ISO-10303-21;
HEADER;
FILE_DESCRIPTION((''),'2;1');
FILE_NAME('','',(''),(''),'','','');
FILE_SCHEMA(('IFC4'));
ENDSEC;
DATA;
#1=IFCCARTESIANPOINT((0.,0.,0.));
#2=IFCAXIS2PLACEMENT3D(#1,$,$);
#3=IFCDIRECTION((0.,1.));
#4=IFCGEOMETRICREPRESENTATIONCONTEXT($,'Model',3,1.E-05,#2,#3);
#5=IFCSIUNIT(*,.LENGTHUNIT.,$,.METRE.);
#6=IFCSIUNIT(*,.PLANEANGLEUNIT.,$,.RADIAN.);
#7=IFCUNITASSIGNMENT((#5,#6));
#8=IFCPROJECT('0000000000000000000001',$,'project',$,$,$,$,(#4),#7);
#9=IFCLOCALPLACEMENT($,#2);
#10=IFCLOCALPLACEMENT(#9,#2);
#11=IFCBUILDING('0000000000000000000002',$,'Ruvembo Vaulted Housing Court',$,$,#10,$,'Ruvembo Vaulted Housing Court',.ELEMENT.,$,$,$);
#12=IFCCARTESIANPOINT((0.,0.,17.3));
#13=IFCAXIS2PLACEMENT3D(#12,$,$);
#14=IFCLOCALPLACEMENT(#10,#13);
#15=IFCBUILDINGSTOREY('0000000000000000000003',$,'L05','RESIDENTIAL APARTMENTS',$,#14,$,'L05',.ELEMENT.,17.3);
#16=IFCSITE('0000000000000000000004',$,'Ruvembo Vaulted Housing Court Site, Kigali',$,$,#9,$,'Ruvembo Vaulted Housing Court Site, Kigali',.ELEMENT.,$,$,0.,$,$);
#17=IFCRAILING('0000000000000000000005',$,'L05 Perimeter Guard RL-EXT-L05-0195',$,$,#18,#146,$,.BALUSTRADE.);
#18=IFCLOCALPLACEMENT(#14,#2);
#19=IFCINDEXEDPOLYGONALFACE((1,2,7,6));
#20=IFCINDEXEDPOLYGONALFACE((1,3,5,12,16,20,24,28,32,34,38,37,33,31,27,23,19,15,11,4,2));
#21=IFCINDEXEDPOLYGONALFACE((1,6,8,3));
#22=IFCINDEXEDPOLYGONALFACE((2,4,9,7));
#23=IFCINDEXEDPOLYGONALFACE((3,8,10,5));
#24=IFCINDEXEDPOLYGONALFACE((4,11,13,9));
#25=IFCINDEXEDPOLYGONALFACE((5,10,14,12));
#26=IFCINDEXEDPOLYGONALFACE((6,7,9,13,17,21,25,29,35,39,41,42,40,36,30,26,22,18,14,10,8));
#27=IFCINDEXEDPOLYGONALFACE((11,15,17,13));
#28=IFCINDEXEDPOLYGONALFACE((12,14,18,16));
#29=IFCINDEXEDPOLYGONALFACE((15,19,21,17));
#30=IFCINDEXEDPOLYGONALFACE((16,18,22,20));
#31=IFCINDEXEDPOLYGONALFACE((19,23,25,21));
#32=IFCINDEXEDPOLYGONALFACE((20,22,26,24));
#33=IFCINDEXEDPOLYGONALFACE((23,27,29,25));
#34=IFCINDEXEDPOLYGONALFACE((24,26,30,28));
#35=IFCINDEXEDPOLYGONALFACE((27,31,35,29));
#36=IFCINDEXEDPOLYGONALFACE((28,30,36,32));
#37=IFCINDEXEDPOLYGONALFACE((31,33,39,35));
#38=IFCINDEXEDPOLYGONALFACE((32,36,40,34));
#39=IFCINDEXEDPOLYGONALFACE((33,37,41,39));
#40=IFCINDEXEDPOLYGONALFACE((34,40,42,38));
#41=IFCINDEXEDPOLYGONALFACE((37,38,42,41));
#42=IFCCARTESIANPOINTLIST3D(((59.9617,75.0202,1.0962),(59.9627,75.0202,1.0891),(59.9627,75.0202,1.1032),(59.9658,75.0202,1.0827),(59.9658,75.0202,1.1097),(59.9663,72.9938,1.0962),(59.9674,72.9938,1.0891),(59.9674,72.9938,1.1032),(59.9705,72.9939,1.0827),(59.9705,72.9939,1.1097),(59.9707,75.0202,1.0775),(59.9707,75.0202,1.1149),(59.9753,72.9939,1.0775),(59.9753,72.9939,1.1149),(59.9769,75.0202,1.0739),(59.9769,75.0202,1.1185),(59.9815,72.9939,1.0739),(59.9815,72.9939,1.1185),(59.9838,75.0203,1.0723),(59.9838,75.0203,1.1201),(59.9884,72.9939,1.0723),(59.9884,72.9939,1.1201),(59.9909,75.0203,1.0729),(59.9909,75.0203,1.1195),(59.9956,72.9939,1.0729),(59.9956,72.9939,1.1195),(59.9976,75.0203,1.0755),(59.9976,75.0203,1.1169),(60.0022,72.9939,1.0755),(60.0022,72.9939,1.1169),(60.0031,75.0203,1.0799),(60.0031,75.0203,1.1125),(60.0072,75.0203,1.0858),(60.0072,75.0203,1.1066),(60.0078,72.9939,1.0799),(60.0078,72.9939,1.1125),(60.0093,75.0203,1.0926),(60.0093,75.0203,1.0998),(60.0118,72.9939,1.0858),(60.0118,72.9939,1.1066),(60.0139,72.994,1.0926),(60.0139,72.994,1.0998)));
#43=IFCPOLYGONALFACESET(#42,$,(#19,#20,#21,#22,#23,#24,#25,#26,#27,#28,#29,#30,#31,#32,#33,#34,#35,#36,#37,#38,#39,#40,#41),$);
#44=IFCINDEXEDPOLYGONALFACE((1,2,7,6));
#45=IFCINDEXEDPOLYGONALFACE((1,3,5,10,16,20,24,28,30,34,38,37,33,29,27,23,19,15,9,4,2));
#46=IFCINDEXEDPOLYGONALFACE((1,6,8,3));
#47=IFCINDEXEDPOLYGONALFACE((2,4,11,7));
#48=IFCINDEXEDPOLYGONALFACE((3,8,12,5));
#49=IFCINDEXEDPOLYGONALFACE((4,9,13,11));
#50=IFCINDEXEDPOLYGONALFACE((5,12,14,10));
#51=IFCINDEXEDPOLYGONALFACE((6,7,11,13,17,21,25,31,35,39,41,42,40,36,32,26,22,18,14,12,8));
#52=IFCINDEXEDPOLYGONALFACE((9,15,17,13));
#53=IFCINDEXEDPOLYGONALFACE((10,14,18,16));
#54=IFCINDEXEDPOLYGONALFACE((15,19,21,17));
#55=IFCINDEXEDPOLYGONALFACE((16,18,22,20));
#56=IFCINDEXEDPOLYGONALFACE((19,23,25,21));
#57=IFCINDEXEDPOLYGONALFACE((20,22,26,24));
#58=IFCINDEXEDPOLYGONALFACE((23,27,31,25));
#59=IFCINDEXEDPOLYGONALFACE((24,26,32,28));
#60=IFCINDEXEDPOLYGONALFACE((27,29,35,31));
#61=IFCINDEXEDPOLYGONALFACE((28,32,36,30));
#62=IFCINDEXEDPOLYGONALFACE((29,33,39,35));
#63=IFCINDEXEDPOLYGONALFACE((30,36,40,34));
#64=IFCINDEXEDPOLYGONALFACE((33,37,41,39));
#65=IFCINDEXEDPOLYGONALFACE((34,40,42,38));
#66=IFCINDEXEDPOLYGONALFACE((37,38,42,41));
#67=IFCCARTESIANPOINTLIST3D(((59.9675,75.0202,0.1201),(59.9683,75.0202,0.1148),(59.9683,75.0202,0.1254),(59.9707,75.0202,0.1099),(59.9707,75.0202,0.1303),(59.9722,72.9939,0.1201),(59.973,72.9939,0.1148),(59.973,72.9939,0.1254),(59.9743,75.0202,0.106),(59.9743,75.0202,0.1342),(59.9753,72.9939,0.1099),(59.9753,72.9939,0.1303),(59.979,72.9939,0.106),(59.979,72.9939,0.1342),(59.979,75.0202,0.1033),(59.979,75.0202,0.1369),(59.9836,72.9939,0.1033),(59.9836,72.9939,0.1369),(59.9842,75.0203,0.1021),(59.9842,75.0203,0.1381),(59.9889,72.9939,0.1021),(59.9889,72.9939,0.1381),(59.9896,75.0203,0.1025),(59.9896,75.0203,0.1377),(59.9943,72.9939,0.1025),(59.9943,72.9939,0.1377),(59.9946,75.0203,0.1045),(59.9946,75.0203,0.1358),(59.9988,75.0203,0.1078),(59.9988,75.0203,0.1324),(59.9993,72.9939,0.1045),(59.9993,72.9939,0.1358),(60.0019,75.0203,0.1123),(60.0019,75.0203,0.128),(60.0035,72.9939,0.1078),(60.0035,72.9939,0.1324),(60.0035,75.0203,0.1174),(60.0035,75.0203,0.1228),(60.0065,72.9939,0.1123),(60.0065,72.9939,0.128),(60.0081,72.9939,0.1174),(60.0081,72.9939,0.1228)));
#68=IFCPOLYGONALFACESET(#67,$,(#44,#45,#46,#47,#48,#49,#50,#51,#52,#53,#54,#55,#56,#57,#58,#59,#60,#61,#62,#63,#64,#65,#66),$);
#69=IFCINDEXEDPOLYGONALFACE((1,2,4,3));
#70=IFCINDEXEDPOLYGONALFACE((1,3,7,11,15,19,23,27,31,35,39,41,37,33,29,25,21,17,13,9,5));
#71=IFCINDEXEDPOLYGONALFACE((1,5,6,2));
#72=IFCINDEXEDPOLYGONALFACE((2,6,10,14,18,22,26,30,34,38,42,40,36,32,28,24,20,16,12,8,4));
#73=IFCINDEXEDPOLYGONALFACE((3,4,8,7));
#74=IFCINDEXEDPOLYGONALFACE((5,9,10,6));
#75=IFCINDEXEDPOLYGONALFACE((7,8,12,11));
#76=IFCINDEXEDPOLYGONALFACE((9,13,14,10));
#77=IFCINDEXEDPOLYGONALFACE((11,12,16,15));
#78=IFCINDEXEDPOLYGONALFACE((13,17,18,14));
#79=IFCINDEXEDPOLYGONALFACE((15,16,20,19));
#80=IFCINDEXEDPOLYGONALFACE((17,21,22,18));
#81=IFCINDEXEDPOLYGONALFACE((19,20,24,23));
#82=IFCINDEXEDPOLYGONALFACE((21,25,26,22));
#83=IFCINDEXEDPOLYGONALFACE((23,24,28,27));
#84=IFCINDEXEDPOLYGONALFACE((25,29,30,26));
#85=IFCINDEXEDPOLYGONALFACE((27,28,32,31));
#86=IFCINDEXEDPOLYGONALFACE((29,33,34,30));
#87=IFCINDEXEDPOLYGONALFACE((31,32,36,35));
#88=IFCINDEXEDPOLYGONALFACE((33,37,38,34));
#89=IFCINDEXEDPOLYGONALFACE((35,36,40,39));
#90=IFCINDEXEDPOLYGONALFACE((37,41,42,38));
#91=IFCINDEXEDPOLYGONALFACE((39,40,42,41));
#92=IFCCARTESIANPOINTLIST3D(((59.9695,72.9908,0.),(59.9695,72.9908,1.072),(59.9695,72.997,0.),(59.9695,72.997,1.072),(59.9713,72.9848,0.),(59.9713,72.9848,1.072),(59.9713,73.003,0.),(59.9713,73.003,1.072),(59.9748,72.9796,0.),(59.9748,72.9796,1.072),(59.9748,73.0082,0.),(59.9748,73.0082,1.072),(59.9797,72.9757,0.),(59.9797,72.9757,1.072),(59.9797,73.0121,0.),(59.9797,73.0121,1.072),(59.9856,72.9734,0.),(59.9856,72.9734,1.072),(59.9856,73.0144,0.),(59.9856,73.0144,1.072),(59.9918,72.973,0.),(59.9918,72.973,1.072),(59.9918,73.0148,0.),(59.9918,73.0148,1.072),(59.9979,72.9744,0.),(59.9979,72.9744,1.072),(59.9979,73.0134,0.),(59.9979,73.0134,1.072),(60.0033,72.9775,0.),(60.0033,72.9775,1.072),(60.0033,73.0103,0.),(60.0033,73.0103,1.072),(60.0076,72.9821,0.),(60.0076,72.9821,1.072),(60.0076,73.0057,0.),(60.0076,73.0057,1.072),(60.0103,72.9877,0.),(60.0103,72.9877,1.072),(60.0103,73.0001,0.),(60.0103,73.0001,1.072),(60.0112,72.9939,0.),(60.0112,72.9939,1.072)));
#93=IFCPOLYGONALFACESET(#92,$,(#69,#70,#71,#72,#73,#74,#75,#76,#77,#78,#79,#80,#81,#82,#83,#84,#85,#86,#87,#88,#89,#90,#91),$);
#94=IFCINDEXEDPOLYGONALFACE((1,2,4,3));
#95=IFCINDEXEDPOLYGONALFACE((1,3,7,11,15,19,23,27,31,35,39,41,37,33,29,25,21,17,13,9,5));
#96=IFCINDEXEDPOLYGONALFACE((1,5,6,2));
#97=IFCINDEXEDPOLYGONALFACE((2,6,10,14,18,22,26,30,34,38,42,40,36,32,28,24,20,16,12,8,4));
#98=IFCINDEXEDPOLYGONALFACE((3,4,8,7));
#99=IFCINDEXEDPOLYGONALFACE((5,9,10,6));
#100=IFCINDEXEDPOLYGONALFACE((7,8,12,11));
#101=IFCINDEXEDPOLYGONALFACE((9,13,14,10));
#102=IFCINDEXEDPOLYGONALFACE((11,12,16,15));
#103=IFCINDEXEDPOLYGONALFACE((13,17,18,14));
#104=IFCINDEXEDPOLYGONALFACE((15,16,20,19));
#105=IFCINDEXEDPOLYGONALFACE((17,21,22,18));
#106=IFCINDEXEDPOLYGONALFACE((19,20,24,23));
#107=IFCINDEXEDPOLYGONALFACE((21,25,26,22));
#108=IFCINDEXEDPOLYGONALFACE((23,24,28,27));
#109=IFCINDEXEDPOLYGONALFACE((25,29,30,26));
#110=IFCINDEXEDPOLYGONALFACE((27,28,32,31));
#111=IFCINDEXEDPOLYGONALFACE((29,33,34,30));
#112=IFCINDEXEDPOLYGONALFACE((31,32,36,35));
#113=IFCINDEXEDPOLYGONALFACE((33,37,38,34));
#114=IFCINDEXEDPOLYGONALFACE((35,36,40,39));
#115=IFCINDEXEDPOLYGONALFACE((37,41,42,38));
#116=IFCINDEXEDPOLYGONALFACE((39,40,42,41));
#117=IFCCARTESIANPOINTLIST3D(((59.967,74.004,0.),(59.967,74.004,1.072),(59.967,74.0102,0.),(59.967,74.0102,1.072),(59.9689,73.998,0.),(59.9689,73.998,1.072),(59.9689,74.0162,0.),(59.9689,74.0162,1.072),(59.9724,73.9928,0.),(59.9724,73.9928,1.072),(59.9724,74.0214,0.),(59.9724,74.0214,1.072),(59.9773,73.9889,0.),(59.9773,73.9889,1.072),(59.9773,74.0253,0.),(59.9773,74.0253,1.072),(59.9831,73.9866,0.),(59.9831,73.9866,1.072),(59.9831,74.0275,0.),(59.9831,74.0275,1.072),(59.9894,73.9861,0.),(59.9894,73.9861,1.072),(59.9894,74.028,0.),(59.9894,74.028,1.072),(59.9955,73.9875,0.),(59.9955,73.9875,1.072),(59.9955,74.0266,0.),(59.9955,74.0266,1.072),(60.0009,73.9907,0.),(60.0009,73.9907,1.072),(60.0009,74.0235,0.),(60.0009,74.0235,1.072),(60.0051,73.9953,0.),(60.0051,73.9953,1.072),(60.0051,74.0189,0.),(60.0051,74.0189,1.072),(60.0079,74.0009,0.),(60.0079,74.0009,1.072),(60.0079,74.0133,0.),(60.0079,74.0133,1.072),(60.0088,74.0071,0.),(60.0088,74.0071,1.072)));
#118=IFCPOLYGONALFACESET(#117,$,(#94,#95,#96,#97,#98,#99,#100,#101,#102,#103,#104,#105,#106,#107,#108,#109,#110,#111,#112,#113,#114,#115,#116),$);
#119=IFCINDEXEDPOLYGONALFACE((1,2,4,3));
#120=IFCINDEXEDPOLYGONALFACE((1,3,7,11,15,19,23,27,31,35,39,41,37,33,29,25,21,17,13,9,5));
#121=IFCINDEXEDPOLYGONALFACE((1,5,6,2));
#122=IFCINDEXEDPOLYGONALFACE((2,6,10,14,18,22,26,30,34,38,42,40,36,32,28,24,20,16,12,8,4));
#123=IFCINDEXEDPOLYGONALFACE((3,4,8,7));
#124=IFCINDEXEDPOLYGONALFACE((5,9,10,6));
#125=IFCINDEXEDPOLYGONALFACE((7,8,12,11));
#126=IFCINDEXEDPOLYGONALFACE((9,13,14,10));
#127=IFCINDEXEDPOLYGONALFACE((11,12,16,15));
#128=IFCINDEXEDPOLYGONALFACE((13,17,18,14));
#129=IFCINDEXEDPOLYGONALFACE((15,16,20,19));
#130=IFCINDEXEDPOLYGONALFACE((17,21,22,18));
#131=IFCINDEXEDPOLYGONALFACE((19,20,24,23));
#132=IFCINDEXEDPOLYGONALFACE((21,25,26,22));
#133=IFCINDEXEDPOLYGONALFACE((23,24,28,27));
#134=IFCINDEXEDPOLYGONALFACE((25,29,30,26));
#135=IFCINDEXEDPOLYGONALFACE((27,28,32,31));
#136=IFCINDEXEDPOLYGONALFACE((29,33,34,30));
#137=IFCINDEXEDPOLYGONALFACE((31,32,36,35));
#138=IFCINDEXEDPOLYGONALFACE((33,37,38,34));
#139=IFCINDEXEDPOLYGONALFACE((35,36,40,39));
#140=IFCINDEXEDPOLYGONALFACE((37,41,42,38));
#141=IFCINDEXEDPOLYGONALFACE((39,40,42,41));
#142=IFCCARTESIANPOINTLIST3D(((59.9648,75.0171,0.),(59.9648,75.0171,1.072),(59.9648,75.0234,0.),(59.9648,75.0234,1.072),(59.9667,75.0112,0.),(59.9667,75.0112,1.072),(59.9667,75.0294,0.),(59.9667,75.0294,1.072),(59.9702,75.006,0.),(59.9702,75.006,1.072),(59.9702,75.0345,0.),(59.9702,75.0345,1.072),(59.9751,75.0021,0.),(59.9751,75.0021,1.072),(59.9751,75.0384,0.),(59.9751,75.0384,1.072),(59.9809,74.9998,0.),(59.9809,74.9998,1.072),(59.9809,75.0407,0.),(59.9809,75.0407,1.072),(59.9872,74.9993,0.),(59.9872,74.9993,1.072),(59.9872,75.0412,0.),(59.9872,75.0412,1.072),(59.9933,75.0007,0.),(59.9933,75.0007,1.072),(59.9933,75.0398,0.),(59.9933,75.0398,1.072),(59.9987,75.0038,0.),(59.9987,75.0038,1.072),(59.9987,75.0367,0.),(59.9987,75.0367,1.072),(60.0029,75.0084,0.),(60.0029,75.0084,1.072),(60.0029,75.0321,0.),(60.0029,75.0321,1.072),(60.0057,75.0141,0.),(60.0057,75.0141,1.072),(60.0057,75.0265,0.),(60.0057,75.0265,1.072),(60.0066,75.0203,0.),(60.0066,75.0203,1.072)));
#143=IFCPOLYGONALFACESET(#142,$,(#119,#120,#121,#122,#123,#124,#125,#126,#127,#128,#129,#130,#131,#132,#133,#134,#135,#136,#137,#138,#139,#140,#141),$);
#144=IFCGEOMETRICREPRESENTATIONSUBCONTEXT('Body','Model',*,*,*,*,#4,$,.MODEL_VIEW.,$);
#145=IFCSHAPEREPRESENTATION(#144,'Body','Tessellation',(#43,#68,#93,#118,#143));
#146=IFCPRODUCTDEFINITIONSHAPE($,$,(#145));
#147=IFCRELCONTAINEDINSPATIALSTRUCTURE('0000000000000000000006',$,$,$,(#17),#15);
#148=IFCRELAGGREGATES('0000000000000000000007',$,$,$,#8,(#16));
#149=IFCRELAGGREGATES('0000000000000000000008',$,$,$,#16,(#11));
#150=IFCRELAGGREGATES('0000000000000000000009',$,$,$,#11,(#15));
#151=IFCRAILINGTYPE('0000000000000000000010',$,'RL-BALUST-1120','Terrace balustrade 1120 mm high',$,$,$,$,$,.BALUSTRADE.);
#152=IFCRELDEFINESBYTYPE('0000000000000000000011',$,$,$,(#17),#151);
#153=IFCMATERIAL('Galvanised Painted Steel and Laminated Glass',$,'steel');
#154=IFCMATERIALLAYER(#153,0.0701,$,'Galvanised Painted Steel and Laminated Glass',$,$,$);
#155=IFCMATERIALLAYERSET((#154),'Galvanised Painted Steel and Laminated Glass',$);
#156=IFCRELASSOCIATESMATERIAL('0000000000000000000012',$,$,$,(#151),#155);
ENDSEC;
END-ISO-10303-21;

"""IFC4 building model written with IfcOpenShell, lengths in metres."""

from ifc_helpers import new_model, si_unit, direction, frame, origin, origin_2d, place, context, subcontext, project, spatial, circle, extrude, material, layer, layer_set, type_object, element, save


model = new_model("IFC4")

# Units and contexts
model_context = context("Model", 3, precision=1e-05, world=origin(), true_north=direction((0.0, 1.0)))
body_context = subcontext(model_context, "Body", "Model", "MODEL_VIEW")
ifc_project = project(units=[si_unit("LENGTHUNIT", "METRE"), si_unit("PLANEANGLEUNIT", "RADIAN")], contexts=[model_context])

# Site, building, storey
site_placement = place(None, origin())
site = spatial("IfcSite", under=ifc_project, at=site_placement, Name="Ruvembo Vaulted Housing Court Site, Kigali", LongName="Ruvembo Vaulted Housing Court Site, Kigali", CompositionType="ELEMENT", RefElevation=0.0)
building_placement = place(site_placement, origin())
building = spatial("IfcBuilding", under=site, at=building_placement, Name="Ruvembo Vaulted Housing Court", LongName="Ruvembo Vaulted Housing Court", CompositionType="ELEMENT")
storey_placement = place(building_placement, frame((0.0, 0.0, 17.3)))
storey = spatial("IfcBuildingStorey", under=building, at=storey_placement, Name="L05", Description="RESIDENTIAL APARTMENTS", LongName="L05", CompositionType="ELEMENT", Elevation=17.3)

# Railing
ifc_material_1 = material(Name="Galvanised Painted Steel and Laminated Glass", Category="steel")
ifc_layer_1 = layer(ifc_material_1, 0.0701, Name="Galvanised Painted Steel and Laminated Glass")
ifc_layer_set_1 = layer_set([ifc_layer_1], Name="Galvanised Painted Steel and Laminated Glass")
railing_type_1 = type_object("IfcRailingType", Name="RL-BALUST-1120", Description="Terrace balustrade 1120 mm high", PredefinedType="BALUSTRADE", material=ifc_layer_set_1)
railing_1_placement = place(storey_placement, frame((59.9902, 72.9939, 0.0)))
element("IfcRailing", 1, at=railing_1_placement, inside=storey, type_object=railing_type_1, Name="L05 Perimeter Guard RL-EXT-L05-0195", PredefinedType="BALUSTRADE", context=body_context, shape_type="SweptSolid", body=[
    extrude(circle(Radius=0.0239, at=origin_2d()), frame((0.0, 0.0, 1.0962), z_axis=(-0.002289, 0.999997, 0.0), x_axis=(-0.999997, -0.002289, 0.0)), (0.0, 0.0, 1.0), 2.0264),
    extrude(circle(Radius=0.0181, at=origin_2d()), frame((0.0, 0.0, 0.1201), z_axis=(-0.002289, 0.999997, 0.0), x_axis=(-0.999997, -0.002289, 0.0)), (0.0, 0.0, 1.0), 2.0264),
    extrude(circle(Radius=0.021, at=origin_2d()), origin(), (0.0, 0.0, 1.0), 1.072),
    extrude(circle(Radius=0.021, at=origin_2d()), frame((-0.0024, 1.0132, 0.0)), (0.0, 0.0, 1.0), 1.072),
    extrude(circle(Radius=0.021, at=origin_2d()), frame((-0.0046, 2.0264, 0.0)), (0.0, 0.0, 1.0), 1.072),
])

save(model, "model.ifc")
